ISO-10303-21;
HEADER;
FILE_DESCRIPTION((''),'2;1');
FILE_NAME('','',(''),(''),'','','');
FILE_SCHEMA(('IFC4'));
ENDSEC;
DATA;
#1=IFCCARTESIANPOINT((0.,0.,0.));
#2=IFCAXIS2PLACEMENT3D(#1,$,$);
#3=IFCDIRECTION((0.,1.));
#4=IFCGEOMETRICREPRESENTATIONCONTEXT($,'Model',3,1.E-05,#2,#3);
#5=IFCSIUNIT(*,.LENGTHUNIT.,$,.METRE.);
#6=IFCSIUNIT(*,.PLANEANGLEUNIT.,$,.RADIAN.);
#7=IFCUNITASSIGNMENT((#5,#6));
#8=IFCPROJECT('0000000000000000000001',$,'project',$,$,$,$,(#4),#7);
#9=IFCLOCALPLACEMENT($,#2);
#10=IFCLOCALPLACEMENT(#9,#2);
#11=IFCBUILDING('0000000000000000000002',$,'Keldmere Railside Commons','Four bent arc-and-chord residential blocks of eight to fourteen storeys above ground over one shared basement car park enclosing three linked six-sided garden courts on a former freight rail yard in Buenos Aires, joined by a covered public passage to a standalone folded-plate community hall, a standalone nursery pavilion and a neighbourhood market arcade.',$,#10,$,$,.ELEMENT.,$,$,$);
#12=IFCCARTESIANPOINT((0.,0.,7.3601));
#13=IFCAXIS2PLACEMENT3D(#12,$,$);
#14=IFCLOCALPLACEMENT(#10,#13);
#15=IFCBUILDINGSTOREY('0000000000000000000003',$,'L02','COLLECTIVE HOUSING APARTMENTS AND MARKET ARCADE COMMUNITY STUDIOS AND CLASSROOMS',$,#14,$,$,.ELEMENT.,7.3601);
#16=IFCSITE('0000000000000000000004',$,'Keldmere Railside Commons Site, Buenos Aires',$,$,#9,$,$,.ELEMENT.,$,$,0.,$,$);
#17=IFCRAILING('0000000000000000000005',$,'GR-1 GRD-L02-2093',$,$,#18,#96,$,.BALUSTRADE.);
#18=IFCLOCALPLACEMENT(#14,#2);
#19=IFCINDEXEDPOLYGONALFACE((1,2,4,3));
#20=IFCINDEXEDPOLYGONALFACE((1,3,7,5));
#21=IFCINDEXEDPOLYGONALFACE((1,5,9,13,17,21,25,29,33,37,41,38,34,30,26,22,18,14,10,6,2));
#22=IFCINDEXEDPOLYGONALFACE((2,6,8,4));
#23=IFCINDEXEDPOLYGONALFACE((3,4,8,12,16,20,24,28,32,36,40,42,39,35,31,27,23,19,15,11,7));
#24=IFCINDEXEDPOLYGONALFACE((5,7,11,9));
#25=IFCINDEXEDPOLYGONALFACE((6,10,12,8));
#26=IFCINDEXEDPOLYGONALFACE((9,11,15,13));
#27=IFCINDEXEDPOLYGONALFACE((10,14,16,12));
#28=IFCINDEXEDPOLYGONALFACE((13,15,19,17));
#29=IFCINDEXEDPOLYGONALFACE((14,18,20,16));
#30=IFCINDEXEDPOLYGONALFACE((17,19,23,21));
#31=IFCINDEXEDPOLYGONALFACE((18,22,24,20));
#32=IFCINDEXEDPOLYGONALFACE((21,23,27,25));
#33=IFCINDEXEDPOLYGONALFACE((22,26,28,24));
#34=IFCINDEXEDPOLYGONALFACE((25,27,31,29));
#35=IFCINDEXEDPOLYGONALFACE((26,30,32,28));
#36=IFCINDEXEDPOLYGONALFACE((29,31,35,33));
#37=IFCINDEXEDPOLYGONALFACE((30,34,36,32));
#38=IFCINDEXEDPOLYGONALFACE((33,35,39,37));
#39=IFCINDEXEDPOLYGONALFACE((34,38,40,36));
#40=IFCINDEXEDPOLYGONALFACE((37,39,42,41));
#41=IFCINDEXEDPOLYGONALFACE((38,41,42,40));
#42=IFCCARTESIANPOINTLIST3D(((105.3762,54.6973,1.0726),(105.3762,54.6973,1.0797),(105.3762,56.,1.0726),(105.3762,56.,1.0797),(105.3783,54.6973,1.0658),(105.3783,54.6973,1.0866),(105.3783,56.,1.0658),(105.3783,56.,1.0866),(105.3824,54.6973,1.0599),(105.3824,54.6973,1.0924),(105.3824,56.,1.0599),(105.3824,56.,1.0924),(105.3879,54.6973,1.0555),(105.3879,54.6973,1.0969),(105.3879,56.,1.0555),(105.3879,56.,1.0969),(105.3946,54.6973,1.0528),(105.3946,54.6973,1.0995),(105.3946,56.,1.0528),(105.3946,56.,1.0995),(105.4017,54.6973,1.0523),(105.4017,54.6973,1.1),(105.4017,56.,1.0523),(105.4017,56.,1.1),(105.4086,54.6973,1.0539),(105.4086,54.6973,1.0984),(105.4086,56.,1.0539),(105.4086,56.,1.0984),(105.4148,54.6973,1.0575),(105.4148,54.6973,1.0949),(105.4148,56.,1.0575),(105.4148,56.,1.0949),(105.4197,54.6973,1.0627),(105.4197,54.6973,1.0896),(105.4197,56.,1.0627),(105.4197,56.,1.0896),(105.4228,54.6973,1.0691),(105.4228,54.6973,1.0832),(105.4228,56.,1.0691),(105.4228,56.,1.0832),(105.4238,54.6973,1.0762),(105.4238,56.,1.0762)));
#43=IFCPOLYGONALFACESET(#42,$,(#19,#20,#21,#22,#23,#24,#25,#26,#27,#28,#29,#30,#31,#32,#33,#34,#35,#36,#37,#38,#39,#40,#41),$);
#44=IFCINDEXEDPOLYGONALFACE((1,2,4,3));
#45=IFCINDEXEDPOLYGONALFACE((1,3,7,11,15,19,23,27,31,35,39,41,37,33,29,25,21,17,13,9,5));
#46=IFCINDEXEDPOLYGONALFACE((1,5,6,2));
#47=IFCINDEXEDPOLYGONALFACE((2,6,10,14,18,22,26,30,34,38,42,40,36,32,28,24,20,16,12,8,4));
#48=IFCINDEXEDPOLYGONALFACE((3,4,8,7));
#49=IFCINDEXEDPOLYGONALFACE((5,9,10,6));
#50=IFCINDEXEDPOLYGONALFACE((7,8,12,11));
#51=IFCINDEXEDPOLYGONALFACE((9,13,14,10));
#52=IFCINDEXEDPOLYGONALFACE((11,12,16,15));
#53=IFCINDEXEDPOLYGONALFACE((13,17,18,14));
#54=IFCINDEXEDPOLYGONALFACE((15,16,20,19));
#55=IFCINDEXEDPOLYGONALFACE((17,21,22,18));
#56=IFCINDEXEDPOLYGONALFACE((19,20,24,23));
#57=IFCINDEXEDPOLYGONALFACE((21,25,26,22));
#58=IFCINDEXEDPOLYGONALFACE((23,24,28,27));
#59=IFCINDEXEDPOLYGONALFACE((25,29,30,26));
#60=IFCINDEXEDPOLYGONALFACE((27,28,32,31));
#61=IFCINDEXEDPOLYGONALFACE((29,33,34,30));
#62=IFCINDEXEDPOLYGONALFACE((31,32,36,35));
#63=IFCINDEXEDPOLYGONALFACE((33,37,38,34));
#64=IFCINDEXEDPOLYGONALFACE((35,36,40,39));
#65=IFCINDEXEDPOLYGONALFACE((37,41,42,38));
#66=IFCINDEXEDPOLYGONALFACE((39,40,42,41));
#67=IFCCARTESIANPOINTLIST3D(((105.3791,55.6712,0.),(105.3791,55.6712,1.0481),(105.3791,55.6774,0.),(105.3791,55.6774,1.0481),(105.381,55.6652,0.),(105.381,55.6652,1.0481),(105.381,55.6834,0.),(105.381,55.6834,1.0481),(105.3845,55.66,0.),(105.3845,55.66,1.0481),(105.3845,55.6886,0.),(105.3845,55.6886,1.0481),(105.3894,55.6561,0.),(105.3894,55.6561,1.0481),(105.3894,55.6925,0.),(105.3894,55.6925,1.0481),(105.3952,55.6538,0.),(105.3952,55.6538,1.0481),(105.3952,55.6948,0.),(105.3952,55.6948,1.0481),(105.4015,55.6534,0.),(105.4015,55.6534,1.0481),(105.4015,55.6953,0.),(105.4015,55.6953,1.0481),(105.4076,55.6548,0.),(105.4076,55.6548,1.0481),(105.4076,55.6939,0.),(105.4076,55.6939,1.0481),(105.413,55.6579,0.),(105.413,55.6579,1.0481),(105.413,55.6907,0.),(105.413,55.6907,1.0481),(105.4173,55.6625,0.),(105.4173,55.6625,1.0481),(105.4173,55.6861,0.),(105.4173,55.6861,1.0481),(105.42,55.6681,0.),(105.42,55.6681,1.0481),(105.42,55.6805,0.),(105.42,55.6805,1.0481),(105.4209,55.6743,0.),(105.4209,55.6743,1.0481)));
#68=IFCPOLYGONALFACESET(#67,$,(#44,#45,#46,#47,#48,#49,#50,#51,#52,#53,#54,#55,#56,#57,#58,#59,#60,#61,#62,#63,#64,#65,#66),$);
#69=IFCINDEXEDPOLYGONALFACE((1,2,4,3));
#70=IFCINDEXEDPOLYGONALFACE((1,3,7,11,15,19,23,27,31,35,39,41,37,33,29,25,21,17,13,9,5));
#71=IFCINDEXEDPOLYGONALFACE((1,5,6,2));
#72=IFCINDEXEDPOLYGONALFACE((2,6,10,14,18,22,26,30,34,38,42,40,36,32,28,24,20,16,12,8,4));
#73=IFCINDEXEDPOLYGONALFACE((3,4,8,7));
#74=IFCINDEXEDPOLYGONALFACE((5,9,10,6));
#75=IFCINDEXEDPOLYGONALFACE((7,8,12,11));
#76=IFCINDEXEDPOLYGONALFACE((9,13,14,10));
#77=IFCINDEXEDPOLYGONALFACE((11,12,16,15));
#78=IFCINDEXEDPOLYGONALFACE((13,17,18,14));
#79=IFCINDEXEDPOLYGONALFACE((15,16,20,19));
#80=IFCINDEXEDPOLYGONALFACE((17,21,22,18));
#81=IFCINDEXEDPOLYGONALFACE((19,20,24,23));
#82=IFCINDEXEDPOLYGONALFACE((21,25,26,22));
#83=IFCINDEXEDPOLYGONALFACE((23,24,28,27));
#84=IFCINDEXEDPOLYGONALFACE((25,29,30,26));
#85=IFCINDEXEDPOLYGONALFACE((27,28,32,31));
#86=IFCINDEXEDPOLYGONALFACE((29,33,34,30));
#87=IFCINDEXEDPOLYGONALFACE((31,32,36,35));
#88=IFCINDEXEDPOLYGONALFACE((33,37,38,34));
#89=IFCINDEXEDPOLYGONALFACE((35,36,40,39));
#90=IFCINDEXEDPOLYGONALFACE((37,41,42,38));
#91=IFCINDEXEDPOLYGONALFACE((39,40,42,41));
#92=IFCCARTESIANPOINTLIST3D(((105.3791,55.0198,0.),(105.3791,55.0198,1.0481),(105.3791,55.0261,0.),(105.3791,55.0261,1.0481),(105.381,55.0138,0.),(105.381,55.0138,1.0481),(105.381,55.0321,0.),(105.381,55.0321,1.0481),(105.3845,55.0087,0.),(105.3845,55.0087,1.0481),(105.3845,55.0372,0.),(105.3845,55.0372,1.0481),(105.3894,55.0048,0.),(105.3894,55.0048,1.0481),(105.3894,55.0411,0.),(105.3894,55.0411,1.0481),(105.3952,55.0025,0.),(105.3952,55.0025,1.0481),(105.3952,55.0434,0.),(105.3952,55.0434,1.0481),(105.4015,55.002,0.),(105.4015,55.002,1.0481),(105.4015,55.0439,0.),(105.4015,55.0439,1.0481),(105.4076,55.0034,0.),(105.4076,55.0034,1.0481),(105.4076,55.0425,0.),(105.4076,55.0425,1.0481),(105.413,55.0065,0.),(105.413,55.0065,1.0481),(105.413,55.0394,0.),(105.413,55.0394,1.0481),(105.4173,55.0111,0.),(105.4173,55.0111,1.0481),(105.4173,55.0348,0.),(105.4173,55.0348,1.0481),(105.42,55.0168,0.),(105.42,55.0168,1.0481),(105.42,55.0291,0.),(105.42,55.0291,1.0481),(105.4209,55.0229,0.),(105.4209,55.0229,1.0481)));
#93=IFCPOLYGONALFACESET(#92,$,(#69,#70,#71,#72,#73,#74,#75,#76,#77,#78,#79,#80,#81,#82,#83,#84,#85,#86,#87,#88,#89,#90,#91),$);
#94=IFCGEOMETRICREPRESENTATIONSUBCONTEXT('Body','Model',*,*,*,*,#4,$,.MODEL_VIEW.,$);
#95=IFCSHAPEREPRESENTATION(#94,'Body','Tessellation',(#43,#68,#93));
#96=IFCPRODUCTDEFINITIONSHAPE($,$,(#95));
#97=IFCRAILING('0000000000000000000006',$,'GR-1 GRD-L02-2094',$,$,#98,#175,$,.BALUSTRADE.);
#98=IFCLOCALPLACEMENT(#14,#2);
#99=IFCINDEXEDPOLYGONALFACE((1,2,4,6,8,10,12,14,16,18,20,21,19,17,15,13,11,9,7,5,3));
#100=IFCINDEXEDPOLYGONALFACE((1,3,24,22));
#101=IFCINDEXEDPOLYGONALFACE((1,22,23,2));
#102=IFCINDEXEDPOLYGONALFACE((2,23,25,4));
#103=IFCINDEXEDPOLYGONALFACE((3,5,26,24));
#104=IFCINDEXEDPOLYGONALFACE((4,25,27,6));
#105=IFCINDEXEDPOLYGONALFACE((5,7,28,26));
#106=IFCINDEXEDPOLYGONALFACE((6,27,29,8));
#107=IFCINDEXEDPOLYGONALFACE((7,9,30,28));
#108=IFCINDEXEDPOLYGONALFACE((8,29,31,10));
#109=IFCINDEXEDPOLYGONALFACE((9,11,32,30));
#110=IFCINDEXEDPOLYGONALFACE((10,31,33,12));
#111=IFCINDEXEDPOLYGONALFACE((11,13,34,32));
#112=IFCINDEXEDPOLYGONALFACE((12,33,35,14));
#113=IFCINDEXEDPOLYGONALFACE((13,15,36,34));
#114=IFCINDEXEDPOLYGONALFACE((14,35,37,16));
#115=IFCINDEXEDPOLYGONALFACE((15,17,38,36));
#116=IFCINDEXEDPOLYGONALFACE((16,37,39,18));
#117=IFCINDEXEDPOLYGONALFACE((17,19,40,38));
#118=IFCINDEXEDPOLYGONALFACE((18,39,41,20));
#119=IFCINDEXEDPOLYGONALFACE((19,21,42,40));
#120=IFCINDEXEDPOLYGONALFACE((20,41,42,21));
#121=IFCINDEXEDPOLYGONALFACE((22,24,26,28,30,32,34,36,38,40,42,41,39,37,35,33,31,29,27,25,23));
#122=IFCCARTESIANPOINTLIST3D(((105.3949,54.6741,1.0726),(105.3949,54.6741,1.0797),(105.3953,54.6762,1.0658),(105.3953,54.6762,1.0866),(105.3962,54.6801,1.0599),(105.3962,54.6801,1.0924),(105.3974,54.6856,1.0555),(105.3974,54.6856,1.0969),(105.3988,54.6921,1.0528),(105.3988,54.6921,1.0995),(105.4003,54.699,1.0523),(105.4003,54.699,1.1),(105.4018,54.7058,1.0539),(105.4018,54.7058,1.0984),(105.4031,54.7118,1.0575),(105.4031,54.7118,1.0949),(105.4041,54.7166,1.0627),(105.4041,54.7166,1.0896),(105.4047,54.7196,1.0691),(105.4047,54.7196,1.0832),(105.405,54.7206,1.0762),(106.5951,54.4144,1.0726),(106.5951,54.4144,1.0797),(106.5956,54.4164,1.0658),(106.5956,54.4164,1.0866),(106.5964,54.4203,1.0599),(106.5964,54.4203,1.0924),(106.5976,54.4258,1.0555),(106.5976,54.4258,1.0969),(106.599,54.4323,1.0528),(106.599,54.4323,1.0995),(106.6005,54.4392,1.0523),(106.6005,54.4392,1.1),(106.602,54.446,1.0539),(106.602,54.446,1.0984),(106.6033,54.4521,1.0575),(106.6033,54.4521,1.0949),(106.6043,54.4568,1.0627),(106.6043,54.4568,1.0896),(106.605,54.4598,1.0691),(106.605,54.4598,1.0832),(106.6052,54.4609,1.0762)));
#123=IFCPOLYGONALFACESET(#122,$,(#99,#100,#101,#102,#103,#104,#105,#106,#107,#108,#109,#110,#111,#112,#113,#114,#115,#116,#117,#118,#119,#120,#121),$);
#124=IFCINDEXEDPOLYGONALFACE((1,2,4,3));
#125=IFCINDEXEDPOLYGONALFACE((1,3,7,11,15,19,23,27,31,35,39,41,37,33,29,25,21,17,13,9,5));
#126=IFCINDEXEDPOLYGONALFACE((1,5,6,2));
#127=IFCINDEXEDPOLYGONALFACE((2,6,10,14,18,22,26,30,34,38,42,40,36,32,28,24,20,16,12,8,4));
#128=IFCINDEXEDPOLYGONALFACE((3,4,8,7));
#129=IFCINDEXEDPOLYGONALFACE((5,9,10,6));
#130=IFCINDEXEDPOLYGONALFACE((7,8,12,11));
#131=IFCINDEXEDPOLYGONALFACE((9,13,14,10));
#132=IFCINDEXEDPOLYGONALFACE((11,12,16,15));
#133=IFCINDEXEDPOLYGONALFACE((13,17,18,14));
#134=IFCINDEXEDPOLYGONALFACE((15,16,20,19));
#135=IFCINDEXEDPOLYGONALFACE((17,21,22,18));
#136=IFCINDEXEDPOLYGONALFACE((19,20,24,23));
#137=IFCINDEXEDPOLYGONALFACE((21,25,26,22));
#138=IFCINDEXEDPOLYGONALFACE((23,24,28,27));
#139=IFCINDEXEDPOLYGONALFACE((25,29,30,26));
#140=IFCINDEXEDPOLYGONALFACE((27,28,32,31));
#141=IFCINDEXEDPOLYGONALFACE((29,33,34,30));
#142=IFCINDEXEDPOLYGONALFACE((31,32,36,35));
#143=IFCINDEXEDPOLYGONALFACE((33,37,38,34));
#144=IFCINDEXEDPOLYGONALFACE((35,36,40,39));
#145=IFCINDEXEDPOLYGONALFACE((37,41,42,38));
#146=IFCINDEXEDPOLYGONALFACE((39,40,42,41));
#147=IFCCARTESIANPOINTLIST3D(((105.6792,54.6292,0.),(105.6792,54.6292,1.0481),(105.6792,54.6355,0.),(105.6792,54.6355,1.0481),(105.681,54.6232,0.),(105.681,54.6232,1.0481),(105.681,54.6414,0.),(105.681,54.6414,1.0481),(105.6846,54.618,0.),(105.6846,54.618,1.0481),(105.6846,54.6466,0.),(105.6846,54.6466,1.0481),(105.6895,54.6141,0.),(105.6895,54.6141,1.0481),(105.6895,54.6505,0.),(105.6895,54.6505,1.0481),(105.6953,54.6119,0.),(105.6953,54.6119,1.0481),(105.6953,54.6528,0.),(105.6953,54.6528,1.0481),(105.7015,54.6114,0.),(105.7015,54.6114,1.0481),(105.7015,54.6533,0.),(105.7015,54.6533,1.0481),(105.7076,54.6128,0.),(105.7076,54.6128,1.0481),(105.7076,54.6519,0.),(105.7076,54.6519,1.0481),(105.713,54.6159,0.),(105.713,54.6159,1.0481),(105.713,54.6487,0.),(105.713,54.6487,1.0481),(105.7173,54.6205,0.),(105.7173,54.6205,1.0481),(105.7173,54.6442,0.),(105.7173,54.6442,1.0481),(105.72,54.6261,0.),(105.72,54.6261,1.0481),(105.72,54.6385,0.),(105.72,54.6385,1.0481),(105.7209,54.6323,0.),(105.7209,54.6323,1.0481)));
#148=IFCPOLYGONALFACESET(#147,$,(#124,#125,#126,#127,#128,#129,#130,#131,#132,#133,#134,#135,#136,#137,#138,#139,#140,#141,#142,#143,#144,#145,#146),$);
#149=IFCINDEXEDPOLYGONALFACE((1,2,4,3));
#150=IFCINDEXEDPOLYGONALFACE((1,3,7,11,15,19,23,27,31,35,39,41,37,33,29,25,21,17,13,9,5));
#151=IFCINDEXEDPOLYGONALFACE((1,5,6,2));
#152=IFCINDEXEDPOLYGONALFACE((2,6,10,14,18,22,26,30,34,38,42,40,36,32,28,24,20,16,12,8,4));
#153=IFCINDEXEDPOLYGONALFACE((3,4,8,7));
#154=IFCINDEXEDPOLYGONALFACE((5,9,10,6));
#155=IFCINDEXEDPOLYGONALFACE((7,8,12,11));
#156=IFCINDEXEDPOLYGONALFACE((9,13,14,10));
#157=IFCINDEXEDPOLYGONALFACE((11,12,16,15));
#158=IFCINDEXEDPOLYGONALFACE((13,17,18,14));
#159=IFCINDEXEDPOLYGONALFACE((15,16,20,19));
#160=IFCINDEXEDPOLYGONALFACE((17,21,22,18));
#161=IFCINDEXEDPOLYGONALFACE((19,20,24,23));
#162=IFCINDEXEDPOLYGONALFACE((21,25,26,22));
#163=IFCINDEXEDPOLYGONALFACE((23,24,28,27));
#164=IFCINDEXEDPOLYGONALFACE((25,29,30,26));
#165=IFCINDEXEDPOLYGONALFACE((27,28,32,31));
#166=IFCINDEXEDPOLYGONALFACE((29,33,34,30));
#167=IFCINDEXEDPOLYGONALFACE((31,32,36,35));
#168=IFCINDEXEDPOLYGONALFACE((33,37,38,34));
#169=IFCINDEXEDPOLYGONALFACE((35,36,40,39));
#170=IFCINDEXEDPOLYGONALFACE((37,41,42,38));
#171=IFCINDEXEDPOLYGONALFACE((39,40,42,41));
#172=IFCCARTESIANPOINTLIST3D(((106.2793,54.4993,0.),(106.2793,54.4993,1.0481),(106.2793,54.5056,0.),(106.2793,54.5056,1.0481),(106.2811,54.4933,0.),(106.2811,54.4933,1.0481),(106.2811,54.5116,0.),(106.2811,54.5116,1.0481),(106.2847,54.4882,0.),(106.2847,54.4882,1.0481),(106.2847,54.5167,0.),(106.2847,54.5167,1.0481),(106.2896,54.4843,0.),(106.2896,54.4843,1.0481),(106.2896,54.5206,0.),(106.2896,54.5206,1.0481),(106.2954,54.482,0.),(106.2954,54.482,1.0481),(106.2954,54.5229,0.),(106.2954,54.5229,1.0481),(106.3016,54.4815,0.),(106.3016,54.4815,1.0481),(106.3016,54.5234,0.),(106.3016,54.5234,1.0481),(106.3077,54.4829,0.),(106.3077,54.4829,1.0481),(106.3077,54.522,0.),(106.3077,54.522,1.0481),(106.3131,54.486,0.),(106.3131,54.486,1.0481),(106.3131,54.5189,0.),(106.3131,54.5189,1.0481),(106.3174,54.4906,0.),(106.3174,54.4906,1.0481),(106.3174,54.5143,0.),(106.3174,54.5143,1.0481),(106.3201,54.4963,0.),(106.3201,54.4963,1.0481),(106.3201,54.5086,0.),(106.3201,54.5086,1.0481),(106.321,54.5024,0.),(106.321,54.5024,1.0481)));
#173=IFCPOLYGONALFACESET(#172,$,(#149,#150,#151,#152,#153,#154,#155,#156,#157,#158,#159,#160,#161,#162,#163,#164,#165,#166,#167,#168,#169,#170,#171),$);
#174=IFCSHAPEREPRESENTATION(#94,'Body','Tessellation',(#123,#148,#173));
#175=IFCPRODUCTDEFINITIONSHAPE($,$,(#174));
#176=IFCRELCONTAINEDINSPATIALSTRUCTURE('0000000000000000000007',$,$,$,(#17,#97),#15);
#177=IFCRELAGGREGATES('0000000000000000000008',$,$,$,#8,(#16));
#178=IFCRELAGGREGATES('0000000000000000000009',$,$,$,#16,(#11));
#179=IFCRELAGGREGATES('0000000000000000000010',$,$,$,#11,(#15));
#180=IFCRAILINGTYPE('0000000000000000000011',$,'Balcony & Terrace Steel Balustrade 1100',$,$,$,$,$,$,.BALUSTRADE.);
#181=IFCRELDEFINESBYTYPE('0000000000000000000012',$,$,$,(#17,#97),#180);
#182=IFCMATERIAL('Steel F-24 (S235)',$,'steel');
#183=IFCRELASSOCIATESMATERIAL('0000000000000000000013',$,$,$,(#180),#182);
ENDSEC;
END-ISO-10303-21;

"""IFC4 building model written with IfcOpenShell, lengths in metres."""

from ifc_helpers import new_model, si_unit, direction, frame, origin, origin_2d, place, context, subcontext, project, spatial, circle, extrude, material, type_object, element, save


model = new_model("IFC4")

# Units and contexts
model_context = context("Model", 3, precision=1e-05, world=origin(), true_north=direction((0.0, 1.0)))
body_context = subcontext(model_context, "Body", "Model", "MODEL_VIEW")
ifc_project = project(units=[si_unit("LENGTHUNIT", "METRE"), si_unit("PLANEANGLEUNIT", "RADIAN")], contexts=[model_context])

# Site, building, storey
site_placement = place(None, origin())
site = spatial("IfcSite", under=ifc_project, at=site_placement, Name="Keldmere Railside Commons Site, Buenos Aires", CompositionType="ELEMENT", RefElevation=0.0)
building_placement = place(site_placement, origin())
building = spatial("IfcBuilding", under=site, at=building_placement, Name="Keldmere Railside Commons", Description="Four bent arc-and-chord residential blocks of eight to fourteen storeys above ground over one shared basement car park enclosing three linked six-sided garden courts on a former freight rail yard in Buenos Aires, joined by a covered public passage to a standalone folded-plate community hall, a standalone nursery pavilion and a neighbourhood market arcade.", CompositionType="ELEMENT")
storey_placement = place(building_placement, frame((0.0, 0.0, 7.3601)))
storey = spatial("IfcBuildingStorey", under=building, at=storey_placement, Name="L02", Description="COLLECTIVE HOUSING APARTMENTS AND MARKET ARCADE COMMUNITY STUDIOS AND CLASSROOMS", CompositionType="ELEMENT", Elevation=7.3601)

# Railings
ifc_material_1 = material(Name="Steel F-24 (S235)", Category="steel")
railing_type = type_object("IfcRailingType", Name="Balcony & Terrace Steel Balustrade 1100", PredefinedType="BALUSTRADE", material=ifc_material_1)
railing_1_placement = place(storey_placement, frame((105.3999, 56.0, 0.0)))
element("IfcRailing", 1, at=railing_1_placement, inside=storey, type_object=railing_type, Name="GR-1 GRD-L02-2093", PredefinedType="BALUSTRADE", context=body_context, shape_type="SweptSolid", body=[
    extrude(circle(Radius=0.0239, at=origin_2d()), frame((0.0, 0.0, 1.0762), z_axis=(0.0, -1.0, 0.0), x_axis=(1.0, 0.0, 0.0)), (0.0, 0.0, 1.0), 1.3027),
    extrude(circle(Radius=0.021, at=origin_2d()), frame((0.0, -0.3257, 0.0)), (0.0, 0.0, 1.0), 1.0481),
    extrude(circle(Radius=0.021, at=origin_2d()), frame((0.0, -0.9771, 0.0)), (0.0, 0.0, 1.0), 1.0481),
])
railing_2_placement = place(storey_placement, frame((105.3999, 54.6973, 0.0)))
element("IfcRailing", 2, at=railing_2_placement, inside=storey, type_object=railing_type, Name="GR-1 GRD-L02-2094", PredefinedType="BALUSTRADE", context=body_context, shape_type="SweptSolid", body=[
    extrude(circle(Radius=0.0239, at=origin_2d()), frame((0.0, 0.0, 1.0762), z_axis=(0.97737, -0.211538, 0.0), x_axis=(0.211538, 0.97737, 0.0)), (0.0, 0.0, 1.0), 1.228),
    extrude(circle(Radius=0.021, at=origin_2d()), frame((0.3, -0.0649, 0.0)), (0.0, 0.0, 1.0), 1.0481),
    extrude(circle(Radius=0.021, at=origin_2d()), frame((0.9001, -0.1948, 0.0)), (0.0, 0.0, 1.0), 1.0481),
])

save(model, "model.ifc")
